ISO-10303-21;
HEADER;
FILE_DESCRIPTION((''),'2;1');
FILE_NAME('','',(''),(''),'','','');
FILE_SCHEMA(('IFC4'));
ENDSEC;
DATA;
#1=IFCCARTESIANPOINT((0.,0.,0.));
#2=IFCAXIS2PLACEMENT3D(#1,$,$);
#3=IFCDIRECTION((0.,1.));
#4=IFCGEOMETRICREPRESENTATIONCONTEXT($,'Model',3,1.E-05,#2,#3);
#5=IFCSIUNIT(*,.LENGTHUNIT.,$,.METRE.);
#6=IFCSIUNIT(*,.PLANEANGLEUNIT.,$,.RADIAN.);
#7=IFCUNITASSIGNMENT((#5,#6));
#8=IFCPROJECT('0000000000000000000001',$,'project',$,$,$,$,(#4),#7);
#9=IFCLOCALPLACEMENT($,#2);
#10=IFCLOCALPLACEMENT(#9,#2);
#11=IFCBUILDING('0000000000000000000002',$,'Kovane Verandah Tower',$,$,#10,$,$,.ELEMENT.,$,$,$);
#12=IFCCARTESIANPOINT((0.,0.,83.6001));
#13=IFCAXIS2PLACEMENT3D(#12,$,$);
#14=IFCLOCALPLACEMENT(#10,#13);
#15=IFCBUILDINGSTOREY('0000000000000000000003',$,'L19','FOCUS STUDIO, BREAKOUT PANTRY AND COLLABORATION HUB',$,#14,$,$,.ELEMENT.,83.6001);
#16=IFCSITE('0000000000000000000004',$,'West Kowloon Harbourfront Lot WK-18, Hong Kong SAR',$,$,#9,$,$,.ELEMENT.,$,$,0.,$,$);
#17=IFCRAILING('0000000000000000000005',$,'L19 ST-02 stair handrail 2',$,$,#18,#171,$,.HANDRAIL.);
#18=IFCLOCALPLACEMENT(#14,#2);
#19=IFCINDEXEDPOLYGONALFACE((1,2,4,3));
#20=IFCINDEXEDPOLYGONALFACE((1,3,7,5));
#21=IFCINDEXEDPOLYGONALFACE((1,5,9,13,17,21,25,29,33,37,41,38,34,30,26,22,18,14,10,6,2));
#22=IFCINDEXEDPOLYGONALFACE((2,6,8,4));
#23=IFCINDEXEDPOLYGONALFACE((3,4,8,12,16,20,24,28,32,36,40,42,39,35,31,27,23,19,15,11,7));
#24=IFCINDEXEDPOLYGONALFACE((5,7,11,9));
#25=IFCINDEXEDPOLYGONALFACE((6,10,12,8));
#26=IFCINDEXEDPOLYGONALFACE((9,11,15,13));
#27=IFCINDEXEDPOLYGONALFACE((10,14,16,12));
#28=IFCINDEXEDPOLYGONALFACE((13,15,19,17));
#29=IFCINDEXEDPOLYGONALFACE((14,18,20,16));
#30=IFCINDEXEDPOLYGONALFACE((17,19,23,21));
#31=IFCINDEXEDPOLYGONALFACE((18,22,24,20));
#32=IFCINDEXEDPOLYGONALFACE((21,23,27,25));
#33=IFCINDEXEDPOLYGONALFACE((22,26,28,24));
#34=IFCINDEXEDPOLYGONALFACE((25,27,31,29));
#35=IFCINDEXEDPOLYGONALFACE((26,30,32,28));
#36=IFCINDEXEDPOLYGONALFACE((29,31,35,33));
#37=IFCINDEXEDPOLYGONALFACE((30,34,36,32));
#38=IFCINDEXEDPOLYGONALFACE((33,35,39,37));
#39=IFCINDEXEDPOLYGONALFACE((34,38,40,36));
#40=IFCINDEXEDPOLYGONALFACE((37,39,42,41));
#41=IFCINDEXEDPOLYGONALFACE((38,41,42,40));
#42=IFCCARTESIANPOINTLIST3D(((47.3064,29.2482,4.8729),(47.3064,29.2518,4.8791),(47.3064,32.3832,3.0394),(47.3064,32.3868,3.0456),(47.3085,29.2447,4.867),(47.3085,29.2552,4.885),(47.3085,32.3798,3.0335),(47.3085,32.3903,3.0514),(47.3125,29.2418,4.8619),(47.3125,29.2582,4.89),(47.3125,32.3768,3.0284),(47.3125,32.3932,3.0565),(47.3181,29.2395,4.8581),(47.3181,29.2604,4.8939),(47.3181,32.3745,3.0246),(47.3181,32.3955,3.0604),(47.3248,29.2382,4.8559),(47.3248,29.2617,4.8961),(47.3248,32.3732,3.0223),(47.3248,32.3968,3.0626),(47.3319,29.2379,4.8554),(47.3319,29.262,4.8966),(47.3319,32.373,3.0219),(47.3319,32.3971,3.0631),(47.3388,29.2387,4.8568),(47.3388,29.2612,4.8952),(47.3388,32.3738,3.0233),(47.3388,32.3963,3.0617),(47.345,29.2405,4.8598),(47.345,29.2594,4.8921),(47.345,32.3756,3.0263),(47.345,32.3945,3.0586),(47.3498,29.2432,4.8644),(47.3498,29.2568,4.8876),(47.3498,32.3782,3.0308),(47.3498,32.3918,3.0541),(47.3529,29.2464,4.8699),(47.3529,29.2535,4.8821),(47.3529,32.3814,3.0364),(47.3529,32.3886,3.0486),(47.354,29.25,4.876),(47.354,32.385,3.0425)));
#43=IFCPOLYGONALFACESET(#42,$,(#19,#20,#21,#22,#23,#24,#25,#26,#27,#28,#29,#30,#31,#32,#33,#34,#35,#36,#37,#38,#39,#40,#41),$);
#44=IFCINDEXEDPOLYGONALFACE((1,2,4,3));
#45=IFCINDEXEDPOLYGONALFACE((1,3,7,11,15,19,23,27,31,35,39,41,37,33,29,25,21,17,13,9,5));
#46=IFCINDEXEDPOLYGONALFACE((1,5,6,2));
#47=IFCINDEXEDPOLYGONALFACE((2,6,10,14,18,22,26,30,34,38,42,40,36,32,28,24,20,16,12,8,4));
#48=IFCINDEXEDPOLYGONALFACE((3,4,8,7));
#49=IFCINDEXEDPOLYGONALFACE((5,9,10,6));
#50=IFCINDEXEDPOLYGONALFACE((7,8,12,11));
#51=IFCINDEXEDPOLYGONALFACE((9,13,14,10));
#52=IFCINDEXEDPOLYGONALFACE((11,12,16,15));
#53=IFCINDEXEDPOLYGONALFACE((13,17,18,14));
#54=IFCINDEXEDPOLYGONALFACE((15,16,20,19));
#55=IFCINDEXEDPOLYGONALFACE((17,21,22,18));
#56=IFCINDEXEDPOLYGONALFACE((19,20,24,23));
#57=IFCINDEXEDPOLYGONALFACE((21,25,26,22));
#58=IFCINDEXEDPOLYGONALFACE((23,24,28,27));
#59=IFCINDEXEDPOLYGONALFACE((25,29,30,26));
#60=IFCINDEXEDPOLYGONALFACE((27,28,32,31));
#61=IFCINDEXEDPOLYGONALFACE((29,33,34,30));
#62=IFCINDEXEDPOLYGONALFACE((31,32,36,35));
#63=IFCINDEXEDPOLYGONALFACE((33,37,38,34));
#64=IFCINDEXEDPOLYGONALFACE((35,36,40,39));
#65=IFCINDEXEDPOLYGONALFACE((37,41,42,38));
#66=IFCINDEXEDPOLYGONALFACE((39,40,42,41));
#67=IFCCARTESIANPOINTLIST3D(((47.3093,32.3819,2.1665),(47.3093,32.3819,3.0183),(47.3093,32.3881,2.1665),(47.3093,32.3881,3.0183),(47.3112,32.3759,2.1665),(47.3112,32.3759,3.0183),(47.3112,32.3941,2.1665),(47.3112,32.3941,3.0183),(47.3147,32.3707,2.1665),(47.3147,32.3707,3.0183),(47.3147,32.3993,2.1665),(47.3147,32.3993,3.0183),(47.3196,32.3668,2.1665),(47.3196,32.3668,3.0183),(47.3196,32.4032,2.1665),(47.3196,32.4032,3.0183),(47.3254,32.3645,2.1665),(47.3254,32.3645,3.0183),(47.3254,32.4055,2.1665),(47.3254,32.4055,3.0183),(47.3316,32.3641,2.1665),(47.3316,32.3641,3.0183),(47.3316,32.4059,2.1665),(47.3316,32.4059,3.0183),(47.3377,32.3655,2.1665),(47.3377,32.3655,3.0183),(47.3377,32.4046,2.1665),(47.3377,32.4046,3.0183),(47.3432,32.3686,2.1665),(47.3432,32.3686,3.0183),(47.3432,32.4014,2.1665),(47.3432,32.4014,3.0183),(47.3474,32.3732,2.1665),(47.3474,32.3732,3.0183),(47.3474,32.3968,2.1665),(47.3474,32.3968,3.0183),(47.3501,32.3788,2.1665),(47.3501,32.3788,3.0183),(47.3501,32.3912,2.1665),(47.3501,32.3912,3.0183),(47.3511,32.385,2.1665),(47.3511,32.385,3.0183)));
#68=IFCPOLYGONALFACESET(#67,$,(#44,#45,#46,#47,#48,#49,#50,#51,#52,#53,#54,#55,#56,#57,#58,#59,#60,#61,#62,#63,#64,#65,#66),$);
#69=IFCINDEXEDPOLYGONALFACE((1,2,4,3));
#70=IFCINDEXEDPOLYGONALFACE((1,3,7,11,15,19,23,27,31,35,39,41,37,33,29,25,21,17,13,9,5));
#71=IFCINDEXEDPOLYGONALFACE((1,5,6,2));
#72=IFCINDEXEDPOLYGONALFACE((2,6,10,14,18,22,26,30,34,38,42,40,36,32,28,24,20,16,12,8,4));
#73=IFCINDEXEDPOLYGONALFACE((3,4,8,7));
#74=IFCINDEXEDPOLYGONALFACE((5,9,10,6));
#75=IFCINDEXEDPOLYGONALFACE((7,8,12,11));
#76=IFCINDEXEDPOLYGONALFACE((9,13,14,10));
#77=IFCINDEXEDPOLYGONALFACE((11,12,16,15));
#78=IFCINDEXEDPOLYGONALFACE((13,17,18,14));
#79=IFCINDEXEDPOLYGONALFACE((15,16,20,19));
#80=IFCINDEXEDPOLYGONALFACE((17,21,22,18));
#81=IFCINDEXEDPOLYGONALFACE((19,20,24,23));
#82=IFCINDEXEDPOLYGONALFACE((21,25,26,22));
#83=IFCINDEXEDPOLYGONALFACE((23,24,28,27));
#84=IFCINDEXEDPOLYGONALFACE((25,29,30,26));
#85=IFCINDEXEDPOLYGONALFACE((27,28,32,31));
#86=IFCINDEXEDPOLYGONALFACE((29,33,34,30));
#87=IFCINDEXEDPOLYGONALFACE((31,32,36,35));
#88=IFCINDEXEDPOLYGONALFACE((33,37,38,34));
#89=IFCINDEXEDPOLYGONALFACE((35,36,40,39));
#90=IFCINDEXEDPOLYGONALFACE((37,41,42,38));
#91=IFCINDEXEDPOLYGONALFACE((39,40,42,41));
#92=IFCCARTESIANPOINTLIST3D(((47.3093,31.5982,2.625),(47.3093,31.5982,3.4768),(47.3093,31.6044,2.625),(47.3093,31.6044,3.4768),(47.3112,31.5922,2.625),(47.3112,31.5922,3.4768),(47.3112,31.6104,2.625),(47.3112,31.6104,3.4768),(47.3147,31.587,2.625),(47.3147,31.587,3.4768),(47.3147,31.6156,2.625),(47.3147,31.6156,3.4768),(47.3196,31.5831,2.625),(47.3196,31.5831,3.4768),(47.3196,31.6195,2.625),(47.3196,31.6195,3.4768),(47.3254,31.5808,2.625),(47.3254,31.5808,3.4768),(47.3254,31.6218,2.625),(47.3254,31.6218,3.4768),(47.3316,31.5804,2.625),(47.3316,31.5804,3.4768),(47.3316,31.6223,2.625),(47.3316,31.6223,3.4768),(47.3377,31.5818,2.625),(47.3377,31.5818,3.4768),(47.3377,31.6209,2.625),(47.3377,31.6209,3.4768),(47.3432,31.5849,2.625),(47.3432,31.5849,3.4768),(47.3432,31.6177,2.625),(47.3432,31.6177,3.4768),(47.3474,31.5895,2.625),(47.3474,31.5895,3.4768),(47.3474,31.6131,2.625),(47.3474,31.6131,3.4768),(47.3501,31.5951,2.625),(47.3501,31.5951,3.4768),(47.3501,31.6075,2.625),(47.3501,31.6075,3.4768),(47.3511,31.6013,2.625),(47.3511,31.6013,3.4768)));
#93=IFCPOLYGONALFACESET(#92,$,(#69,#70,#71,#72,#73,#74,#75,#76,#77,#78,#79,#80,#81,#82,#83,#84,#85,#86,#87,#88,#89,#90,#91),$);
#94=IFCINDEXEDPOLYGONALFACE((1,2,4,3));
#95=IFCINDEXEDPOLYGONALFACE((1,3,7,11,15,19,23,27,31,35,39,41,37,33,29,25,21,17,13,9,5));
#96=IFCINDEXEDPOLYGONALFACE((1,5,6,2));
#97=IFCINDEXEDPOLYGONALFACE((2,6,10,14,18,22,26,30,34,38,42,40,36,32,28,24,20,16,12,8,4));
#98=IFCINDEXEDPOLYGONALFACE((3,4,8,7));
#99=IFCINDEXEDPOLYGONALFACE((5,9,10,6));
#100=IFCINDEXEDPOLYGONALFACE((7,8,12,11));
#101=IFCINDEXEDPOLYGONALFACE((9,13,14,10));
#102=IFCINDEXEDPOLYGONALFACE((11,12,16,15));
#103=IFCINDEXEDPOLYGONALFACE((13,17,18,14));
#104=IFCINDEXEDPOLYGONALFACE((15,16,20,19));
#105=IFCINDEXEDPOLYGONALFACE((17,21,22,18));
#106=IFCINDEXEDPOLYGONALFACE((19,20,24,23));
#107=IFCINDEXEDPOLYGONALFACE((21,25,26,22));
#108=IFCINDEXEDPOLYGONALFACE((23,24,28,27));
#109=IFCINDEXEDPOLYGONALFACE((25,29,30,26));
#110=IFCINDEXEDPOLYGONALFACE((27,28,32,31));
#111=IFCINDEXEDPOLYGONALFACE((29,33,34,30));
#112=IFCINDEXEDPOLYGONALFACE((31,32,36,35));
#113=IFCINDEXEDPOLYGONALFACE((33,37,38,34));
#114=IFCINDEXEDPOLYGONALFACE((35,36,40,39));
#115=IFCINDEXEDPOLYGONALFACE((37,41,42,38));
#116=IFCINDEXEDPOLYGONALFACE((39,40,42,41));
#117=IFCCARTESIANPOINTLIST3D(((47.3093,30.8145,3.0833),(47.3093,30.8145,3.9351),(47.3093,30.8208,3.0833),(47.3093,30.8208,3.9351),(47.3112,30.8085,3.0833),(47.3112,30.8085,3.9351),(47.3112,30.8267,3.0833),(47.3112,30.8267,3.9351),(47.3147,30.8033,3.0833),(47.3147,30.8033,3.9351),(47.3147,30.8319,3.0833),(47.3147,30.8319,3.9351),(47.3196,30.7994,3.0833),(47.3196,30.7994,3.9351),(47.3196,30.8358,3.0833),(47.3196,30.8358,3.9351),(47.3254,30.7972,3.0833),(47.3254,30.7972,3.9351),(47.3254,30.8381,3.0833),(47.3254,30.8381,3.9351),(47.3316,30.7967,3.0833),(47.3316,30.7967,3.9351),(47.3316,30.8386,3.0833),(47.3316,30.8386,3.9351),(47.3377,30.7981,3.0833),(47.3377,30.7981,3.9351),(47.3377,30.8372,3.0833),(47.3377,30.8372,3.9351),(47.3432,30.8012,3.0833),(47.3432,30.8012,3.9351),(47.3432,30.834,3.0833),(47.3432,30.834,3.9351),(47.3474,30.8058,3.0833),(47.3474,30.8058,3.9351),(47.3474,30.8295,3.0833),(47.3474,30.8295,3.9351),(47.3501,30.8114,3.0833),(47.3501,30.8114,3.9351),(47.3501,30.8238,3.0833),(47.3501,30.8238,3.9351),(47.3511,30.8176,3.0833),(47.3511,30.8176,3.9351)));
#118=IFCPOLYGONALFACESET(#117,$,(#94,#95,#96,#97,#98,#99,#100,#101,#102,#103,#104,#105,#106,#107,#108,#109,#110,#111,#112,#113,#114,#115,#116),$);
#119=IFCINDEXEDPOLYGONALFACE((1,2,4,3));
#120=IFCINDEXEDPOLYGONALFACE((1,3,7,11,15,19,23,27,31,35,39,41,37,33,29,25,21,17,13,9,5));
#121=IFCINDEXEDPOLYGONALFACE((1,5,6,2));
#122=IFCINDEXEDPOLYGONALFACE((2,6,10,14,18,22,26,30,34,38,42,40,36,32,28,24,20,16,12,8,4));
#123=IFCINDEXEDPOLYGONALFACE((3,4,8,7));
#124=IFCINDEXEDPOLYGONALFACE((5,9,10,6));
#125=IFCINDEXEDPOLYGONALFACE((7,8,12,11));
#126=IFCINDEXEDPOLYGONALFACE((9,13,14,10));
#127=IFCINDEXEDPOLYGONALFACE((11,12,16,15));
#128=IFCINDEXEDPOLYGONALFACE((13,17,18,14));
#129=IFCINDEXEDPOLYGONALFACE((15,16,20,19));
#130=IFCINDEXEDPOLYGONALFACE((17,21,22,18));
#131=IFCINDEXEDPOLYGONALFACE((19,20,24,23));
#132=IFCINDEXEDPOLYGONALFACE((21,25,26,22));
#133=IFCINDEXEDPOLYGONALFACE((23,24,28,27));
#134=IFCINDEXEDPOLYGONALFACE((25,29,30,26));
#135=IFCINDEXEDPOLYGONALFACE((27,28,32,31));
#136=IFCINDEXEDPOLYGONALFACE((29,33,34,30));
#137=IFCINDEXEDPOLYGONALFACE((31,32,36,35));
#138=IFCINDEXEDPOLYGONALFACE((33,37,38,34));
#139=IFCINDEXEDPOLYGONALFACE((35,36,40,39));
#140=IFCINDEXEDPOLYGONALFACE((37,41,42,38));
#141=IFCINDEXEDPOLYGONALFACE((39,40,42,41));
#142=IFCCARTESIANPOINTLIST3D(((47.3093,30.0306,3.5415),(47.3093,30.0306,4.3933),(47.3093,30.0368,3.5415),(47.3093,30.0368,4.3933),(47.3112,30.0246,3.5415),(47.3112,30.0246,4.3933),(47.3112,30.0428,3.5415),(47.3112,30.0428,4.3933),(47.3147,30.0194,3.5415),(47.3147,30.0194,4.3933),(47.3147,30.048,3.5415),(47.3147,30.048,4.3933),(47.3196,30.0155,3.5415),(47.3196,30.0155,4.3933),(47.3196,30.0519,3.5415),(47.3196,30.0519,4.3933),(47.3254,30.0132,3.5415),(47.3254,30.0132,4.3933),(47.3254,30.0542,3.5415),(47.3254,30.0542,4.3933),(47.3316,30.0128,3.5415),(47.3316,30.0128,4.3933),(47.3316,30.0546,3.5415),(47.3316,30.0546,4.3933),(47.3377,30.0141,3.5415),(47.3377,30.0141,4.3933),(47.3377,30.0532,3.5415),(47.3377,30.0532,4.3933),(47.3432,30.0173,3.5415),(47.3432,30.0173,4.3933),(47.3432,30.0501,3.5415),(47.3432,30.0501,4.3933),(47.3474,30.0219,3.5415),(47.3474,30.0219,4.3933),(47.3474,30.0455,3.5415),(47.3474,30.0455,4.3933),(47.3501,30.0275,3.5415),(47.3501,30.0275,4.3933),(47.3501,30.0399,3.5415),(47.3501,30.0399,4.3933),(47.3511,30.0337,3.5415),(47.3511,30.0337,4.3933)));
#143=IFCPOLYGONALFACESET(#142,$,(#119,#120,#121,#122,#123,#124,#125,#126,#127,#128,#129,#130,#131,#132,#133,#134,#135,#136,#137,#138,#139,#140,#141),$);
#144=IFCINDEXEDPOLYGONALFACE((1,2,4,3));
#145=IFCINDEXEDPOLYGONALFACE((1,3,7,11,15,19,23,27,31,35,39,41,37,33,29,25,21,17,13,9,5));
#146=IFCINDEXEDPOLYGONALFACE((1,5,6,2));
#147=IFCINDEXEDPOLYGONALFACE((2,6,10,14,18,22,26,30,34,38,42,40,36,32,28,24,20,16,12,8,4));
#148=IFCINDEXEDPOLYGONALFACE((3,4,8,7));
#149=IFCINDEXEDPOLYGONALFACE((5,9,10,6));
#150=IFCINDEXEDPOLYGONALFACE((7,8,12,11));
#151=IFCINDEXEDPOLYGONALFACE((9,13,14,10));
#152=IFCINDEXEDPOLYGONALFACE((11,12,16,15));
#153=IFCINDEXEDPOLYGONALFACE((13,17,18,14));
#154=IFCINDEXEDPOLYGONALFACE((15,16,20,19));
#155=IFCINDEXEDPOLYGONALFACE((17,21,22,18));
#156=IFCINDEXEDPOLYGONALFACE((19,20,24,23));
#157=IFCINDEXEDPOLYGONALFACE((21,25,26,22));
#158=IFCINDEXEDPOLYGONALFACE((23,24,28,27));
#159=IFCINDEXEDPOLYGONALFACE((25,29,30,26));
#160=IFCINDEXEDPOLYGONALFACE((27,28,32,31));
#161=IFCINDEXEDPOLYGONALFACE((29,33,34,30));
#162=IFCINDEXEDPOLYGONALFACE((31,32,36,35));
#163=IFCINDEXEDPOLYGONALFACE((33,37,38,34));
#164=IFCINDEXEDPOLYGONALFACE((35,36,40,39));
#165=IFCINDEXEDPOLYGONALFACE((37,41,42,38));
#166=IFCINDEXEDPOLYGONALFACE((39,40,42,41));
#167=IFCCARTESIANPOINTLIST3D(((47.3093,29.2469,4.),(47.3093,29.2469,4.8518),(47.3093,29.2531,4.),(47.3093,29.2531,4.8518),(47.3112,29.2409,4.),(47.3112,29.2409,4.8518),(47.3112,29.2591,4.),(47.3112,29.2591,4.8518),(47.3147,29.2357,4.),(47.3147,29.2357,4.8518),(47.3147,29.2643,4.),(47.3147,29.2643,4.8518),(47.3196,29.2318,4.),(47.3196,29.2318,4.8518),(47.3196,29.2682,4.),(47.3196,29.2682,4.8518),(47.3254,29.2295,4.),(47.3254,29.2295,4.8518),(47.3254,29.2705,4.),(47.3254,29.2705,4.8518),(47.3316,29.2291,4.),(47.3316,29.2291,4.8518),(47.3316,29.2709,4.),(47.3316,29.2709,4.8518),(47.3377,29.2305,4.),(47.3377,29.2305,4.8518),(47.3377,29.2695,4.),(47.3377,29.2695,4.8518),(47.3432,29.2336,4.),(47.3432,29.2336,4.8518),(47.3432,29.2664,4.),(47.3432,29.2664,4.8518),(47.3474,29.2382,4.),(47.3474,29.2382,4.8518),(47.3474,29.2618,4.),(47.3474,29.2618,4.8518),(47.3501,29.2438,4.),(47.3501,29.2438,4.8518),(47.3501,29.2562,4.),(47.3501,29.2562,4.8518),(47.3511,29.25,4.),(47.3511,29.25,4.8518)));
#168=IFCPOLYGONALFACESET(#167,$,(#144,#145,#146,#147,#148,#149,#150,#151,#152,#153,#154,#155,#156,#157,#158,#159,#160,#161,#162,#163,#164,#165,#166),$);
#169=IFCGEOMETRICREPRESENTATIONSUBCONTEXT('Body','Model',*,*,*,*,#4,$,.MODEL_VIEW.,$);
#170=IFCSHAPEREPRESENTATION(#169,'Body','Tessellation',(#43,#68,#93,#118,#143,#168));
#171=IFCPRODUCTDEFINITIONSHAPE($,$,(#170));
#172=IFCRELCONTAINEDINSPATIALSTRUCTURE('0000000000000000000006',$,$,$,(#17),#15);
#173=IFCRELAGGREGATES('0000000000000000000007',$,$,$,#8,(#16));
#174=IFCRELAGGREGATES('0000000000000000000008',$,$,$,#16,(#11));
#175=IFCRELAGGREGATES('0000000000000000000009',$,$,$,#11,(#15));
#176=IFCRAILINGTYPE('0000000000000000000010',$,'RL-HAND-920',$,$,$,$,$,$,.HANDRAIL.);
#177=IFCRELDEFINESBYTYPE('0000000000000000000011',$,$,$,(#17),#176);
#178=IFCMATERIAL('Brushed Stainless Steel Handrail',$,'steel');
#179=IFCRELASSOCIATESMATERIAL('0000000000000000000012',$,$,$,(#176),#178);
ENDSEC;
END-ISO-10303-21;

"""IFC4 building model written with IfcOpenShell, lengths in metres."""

from ifc_helpers import new_model, si_unit, direction, frame, origin, origin_2d, place, context, subcontext, project, spatial, circle, extrude, material, type_object, element, save


model = new_model("IFC4")

# Units and contexts
model_context = context("Model", 3, precision=1e-05, world=origin(), true_north=direction((0.0, 1.0)))
body_context = subcontext(model_context, "Body", "Model", "MODEL_VIEW")
ifc_project = project(units=[si_unit("LENGTHUNIT", "METRE"), si_unit("PLANEANGLEUNIT", "RADIAN")], contexts=[model_context])

# Site, building, storey
site_placement = place(None, origin())
site = spatial("IfcSite", under=ifc_project, at=site_placement, Name="West Kowloon Harbourfront Lot WK-18, Hong Kong SAR", CompositionType="ELEMENT", RefElevation=0.0)
building_placement = place(site_placement, origin())
building = spatial("IfcBuilding", under=site, at=building_placement, Name="Kovane Verandah Tower", CompositionType="ELEMENT")
storey_placement = place(building_placement, frame((0.0, 0.0, 83.6001)))
storey = spatial("IfcBuildingStorey", under=building, at=storey_placement, Name="L19", Description="FOCUS STUDIO, BREAKOUT PANTRY AND COLLABORATION HUB", CompositionType="ELEMENT", Elevation=83.6001)

# Railing
ifc_material_1 = material(Name="Brushed Stainless Steel Handrail", Category="steel")
railing_type_1 = type_object("IfcRailingType", Name="RL-HAND-920", PredefinedType="HANDRAIL", material=ifc_material_1)
railing_1_placement = place(storey_placement, frame((47.3301, 32.385, 2.1665)))
element("IfcRailing", 1, at=railing_1_placement, inside=storey, type_object=railing_type_1, Name="L19 ST-02 stair handrail 2", PredefinedType="HANDRAIL", context=body_context, shape_type="SweptSolid", body=[
    extrude(circle(Radius=0.0239, at=origin_2d()), frame((0.0, 0.0, 0.876), z_axis=(0.0, -0.86321, 0.504845), x_axis=(1.0, 0.0, 0.0)), (0.0, 0.0, 1.0), 3.6318),
    extrude(circle(Radius=0.021, at=origin_2d()), origin(), (0.0, 0.0, 1.0), 0.8518),
    extrude(circle(Radius=0.021, at=origin_2d()), frame((0.0, -0.7837, 0.4585)), (0.0, 0.0, 1.0), 0.8518),
    extrude(circle(Radius=0.021, at=origin_2d()), frame((0.0, -1.5674, 0.9167)), (0.0, 0.0, 1.0), 0.8518),
    extrude(circle(Radius=0.021, at=origin_2d()), frame((0.0, -2.3513, 1.375)), (0.0, 0.0, 1.0), 0.8518),
    extrude(circle(Radius=0.021, at=origin_2d()), frame((0.0, -3.135, 1.8335)), (0.0, 0.0, 1.0), 0.8518),
])

save(model, "model.ifc")
